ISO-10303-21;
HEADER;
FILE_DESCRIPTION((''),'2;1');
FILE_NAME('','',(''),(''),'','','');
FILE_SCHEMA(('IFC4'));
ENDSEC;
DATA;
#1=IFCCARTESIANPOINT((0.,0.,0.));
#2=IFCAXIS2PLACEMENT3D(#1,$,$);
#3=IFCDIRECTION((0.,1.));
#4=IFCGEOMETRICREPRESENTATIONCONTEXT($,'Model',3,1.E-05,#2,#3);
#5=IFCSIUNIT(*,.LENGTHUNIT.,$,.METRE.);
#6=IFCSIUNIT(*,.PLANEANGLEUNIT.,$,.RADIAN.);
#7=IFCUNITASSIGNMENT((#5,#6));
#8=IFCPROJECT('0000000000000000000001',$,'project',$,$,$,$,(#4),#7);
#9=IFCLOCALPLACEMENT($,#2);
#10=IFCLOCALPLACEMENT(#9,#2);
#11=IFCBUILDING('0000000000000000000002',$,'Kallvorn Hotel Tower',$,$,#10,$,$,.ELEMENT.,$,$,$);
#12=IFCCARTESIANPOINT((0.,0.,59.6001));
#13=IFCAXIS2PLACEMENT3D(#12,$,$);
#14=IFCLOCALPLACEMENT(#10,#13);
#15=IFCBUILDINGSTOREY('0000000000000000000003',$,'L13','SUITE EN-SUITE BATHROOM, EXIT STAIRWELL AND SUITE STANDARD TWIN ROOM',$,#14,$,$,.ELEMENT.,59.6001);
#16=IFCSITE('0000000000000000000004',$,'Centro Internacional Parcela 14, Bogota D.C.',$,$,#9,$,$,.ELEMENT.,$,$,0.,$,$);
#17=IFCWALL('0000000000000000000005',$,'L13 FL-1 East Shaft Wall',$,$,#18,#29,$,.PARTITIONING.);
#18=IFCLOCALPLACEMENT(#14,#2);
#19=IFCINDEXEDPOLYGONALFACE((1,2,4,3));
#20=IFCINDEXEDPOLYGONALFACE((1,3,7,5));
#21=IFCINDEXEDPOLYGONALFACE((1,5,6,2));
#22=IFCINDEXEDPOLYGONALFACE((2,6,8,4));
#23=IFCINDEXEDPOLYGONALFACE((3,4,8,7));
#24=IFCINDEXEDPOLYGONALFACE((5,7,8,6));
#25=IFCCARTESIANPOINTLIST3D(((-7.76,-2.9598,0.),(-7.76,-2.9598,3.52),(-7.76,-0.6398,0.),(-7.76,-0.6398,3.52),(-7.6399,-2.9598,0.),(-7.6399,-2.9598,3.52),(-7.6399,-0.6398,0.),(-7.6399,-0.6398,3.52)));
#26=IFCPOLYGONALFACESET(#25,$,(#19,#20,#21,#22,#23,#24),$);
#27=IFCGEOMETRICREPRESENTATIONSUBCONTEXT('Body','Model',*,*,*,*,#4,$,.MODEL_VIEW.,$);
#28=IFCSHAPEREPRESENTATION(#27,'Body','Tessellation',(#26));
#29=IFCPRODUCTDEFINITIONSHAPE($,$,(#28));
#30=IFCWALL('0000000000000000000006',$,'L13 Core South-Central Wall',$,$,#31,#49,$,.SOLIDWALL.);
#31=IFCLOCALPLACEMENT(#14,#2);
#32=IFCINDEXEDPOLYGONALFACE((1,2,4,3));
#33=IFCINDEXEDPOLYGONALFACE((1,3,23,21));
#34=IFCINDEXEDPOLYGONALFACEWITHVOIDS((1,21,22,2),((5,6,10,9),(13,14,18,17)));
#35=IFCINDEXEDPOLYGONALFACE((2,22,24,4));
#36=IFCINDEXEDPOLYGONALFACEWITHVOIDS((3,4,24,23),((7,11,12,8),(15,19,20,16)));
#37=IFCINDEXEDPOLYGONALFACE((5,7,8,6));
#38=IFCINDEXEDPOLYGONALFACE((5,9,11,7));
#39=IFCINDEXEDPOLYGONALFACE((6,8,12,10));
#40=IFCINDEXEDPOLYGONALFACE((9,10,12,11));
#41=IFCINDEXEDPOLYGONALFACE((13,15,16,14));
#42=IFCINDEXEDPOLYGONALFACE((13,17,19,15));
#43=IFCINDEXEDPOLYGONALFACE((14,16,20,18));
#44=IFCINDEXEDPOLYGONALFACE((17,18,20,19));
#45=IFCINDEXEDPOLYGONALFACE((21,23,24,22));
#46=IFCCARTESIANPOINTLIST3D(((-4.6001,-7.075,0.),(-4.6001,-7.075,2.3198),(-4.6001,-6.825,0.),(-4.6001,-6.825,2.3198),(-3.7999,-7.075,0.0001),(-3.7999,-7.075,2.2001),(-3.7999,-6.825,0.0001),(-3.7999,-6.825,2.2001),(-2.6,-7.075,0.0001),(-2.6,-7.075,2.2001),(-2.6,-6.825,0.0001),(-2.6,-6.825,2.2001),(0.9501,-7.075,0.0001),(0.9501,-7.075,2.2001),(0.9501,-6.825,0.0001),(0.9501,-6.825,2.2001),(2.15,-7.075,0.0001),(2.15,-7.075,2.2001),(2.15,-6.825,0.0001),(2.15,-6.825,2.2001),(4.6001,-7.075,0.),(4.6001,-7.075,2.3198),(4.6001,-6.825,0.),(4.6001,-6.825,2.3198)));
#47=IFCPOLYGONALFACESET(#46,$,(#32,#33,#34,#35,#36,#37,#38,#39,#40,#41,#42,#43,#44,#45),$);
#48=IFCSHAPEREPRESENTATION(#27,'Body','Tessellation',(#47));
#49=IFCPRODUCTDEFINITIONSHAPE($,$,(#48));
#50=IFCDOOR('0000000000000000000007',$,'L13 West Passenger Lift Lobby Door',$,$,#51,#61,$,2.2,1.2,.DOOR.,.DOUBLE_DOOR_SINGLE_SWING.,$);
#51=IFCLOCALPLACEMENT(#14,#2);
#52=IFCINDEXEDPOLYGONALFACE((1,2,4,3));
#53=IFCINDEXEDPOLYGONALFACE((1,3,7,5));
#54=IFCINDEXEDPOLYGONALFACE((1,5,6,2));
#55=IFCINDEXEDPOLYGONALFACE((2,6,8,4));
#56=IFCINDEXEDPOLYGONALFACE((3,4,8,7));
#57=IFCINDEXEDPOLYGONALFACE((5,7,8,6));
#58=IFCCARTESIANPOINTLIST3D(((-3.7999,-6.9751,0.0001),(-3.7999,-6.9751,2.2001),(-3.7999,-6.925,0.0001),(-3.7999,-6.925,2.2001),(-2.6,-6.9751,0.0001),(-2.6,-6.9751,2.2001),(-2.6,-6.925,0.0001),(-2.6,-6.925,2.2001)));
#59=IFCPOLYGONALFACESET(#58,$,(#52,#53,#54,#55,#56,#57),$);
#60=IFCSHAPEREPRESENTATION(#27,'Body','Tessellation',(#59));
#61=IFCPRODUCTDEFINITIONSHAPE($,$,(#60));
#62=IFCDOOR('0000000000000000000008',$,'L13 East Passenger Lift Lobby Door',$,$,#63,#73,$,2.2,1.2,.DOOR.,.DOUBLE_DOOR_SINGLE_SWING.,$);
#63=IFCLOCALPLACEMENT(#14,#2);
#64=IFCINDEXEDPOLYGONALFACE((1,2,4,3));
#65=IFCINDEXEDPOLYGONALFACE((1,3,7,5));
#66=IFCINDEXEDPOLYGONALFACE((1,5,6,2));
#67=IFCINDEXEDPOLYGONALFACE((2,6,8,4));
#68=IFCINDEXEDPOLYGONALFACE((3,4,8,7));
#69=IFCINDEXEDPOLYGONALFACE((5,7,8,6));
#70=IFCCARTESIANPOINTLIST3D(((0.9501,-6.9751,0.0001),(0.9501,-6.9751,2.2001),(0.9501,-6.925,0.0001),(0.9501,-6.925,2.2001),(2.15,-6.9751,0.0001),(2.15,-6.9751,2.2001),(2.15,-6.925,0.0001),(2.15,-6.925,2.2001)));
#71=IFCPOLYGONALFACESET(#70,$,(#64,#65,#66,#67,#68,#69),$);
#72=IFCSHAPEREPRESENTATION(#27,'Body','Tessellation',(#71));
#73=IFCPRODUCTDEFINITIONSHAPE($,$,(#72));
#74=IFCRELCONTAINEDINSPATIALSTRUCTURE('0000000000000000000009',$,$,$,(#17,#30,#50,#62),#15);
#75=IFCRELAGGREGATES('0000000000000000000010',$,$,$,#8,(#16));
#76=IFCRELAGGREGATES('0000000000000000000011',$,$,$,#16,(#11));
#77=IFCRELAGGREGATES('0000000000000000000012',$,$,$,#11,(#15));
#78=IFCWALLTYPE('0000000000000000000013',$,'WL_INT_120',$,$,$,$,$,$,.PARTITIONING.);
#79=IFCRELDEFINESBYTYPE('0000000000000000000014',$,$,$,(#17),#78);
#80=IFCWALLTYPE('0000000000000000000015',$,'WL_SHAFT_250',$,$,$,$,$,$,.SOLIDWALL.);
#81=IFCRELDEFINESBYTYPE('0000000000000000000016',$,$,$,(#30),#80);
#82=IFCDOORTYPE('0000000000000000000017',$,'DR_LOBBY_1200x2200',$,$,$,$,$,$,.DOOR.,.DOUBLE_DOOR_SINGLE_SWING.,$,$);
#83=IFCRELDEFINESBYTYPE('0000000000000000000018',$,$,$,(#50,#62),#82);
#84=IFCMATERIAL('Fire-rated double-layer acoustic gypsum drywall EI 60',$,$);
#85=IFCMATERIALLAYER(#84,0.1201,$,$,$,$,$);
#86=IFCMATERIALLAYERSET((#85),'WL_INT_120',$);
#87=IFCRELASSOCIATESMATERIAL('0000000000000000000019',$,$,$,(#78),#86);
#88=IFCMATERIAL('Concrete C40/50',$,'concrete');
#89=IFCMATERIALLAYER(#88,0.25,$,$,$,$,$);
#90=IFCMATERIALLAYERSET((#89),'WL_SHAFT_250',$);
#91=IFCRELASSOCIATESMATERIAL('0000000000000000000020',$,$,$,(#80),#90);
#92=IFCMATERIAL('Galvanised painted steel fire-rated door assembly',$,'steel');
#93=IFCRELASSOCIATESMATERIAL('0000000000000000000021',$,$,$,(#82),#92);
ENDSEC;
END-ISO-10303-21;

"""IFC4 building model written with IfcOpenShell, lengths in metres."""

from ifc_helpers import new_model, si_unit, direction, frame, frame_2d, origin, place, context, subcontext, project, spatial, rectangle, extrude, material, layer, layer_set, type_object, element, fill, save


model = new_model("IFC4")

# Units and contexts
model_context = context("Model", 3, precision=1e-05, world=origin(), true_north=direction((0.0, 1.0)))
body_context = subcontext(model_context, "Body", "Model", "MODEL_VIEW")
ifc_project = project(units=[si_unit("LENGTHUNIT", "METRE"), si_unit("PLANEANGLEUNIT", "RADIAN")], contexts=[model_context])

# Site, building, storey
site_placement = place(None, origin())
site = spatial("IfcSite", under=ifc_project, at=site_placement, Name="Centro Internacional Parcela 14, Bogota D.C.", CompositionType="ELEMENT", RefElevation=0.0)
building_placement = place(site_placement, origin())
building = spatial("IfcBuilding", under=site, at=building_placement, Name="Kallvorn Hotel Tower", CompositionType="ELEMENT")
storey_placement = place(building_placement, frame((0.0, 0.0, 59.6001)))
storey = spatial("IfcBuildingStorey", under=building, at=storey_placement, Name="L13", Description="SUITE EN-SUITE BATHROOM, EXIT STAIRWELL AND SUITE STANDARD TWIN ROOM", CompositionType="ELEMENT", Elevation=59.6001)

# Wall
ifc_material_1 = material(Name="Fire-rated double-layer acoustic gypsum drywall EI 60")
ifc_layer_1 = layer(ifc_material_1, 0.1201)
ifc_layer_set_1 = layer_set([ifc_layer_1], Name="WL_INT_120")
wall_type_1 = type_object("IfcWallType", Name="WL_INT_120", PredefinedType="PARTITIONING", material=ifc_layer_set_1)
wall_1_placement = place(storey_placement, frame((-7.7, -2.96, 0.0), z_axis=(0.0, 0.0, 1.0), x_axis=(0.0, 1.0, 0.0)))
element("IfcWall", 1, at=wall_1_placement, inside=storey, type_object=wall_type_1, Name="L13 FL-1 East Shaft Wall", PredefinedType="PARTITIONING", context=body_context, shape_type="SweptSolid", body=[
    extrude(rectangle(XDim=2.3201, YDim=0.1201, at=frame_2d((1.1602, 0.0))), origin(), (0.0, 0.0, 1.0), 3.52),
])

# Wall, openings, doors
ifc_material_2 = material(Name="Concrete C40/50", Category="concrete")
ifc_layer_2 = layer(ifc_material_2, 0.25)
ifc_layer_set_2 = layer_set([ifc_layer_2], Name="WL_SHAFT_250")
wall_type_2 = type_object("IfcWallType", Name="WL_SHAFT_250", PredefinedType="SOLIDWALL", material=ifc_layer_set_2)
wall_2_placement = place(storey_placement, frame((-4.6001, -6.95, 0.0), z_axis=(0.0, 0.0, 1.0), x_axis=(1.0, 0.0, 0.0)))
wall_2 = element("IfcWall", 2, at=wall_2_placement, inside=storey, type_object=wall_type_2, Name="L13 Core South-Central Wall", PredefinedType="SOLIDWALL", context=body_context, shape_type="SweptSolid", body=[
    extrude(rectangle(XDim=9.2002, YDim=0.25, at=frame_2d((4.6001, 0.0))), origin(), (0.0, 0.0, 1.0), 2.3198),
])
opening_1_placement = place(wall_2_placement, frame((0.8, 0.0, 0.0)))
opening_1 = element("IfcOpeningElement", 3, at=opening_1_placement, cuts=wall_2, PredefinedType="OPENING", context=body_context, shape_type="SweptSolid", body=[
    extrude(rectangle(XDim=1.2, YDim=2.2, at=frame_2d((0.6001, 1.1001))), frame((0.0, 0.1399, 0.0), z_axis=(0.0, -1.0, 0.0), x_axis=(1.0, 0.0, 0.0)), (0.0, 0.0, 1.0), 0.28),
])
opening_2_placement = place(wall_2_placement, frame((5.55, 0.0, 0.0)))
opening_2 = element("IfcOpeningElement", 4, at=opening_2_placement, cuts=wall_2, PredefinedType="OPENING", context=body_context, shape_type="SweptSolid", body=[
    extrude(rectangle(XDim=1.2, YDim=2.2, at=frame_2d((0.6001, 1.1001))), frame((0.0, 0.1399, 0.0), z_axis=(0.0, -1.0, 0.0), x_axis=(1.0, 0.0, 0.0)), (0.0, 0.0, 1.0), 0.28),
])
ifc_material_3 = material(Name="Galvanised painted steel fire-rated door assembly", Category="steel")
door_type_1 = type_object("IfcDoorType", Name="DR_LOBBY_1200x2200", OperationType="DOUBLE_DOOR_SINGLE_SWING", PredefinedType="DOOR", material=ifc_material_3)
door_1_placement = place(opening_1_placement, origin())
door_1 = element("IfcDoor", 5, at=door_1_placement, inside=storey, type_object=door_type_1, Name="L13 West Passenger Lift Lobby Door", OperationType="DOUBLE_DOOR_SINGLE_SWING", OverallHeight=2.2, OverallWidth=1.2, PredefinedType="DOOR", context=body_context, shape_type="SweptSolid", body=[
    extrude(rectangle(XDim=1.2, YDim=2.2, at=frame_2d((0.6001, 1.1001))), frame((0.0, 0.0249, 0.0), z_axis=(0.0, -1.0, 0.0), x_axis=(1.0, 0.0, 0.0)), (0.0, 0.0, 1.0), 0.05),
])
fill(opening_1, door_1)
door_2_placement = place(opening_2_placement, origin())
door_2 = element("IfcDoor", 6, at=door_2_placement, inside=storey, type_object=door_type_1, Name="L13 East Passenger Lift Lobby Door", OperationType="DOUBLE_DOOR_SINGLE_SWING", OverallHeight=2.2, OverallWidth=1.2, PredefinedType="DOOR", context=body_context, shape_type="SweptSolid", body=[
    extrude(rectangle(XDim=1.2, YDim=2.2, at=frame_2d((0.6001, 1.1001))), frame((0.0, 0.0249, 0.0), z_axis=(0.0, -1.0, 0.0), x_axis=(1.0, 0.0, 0.0)), (0.0, 0.0, 1.0), 0.05),
])
fill(opening_2, door_2)

save(model, "model.ifc")
